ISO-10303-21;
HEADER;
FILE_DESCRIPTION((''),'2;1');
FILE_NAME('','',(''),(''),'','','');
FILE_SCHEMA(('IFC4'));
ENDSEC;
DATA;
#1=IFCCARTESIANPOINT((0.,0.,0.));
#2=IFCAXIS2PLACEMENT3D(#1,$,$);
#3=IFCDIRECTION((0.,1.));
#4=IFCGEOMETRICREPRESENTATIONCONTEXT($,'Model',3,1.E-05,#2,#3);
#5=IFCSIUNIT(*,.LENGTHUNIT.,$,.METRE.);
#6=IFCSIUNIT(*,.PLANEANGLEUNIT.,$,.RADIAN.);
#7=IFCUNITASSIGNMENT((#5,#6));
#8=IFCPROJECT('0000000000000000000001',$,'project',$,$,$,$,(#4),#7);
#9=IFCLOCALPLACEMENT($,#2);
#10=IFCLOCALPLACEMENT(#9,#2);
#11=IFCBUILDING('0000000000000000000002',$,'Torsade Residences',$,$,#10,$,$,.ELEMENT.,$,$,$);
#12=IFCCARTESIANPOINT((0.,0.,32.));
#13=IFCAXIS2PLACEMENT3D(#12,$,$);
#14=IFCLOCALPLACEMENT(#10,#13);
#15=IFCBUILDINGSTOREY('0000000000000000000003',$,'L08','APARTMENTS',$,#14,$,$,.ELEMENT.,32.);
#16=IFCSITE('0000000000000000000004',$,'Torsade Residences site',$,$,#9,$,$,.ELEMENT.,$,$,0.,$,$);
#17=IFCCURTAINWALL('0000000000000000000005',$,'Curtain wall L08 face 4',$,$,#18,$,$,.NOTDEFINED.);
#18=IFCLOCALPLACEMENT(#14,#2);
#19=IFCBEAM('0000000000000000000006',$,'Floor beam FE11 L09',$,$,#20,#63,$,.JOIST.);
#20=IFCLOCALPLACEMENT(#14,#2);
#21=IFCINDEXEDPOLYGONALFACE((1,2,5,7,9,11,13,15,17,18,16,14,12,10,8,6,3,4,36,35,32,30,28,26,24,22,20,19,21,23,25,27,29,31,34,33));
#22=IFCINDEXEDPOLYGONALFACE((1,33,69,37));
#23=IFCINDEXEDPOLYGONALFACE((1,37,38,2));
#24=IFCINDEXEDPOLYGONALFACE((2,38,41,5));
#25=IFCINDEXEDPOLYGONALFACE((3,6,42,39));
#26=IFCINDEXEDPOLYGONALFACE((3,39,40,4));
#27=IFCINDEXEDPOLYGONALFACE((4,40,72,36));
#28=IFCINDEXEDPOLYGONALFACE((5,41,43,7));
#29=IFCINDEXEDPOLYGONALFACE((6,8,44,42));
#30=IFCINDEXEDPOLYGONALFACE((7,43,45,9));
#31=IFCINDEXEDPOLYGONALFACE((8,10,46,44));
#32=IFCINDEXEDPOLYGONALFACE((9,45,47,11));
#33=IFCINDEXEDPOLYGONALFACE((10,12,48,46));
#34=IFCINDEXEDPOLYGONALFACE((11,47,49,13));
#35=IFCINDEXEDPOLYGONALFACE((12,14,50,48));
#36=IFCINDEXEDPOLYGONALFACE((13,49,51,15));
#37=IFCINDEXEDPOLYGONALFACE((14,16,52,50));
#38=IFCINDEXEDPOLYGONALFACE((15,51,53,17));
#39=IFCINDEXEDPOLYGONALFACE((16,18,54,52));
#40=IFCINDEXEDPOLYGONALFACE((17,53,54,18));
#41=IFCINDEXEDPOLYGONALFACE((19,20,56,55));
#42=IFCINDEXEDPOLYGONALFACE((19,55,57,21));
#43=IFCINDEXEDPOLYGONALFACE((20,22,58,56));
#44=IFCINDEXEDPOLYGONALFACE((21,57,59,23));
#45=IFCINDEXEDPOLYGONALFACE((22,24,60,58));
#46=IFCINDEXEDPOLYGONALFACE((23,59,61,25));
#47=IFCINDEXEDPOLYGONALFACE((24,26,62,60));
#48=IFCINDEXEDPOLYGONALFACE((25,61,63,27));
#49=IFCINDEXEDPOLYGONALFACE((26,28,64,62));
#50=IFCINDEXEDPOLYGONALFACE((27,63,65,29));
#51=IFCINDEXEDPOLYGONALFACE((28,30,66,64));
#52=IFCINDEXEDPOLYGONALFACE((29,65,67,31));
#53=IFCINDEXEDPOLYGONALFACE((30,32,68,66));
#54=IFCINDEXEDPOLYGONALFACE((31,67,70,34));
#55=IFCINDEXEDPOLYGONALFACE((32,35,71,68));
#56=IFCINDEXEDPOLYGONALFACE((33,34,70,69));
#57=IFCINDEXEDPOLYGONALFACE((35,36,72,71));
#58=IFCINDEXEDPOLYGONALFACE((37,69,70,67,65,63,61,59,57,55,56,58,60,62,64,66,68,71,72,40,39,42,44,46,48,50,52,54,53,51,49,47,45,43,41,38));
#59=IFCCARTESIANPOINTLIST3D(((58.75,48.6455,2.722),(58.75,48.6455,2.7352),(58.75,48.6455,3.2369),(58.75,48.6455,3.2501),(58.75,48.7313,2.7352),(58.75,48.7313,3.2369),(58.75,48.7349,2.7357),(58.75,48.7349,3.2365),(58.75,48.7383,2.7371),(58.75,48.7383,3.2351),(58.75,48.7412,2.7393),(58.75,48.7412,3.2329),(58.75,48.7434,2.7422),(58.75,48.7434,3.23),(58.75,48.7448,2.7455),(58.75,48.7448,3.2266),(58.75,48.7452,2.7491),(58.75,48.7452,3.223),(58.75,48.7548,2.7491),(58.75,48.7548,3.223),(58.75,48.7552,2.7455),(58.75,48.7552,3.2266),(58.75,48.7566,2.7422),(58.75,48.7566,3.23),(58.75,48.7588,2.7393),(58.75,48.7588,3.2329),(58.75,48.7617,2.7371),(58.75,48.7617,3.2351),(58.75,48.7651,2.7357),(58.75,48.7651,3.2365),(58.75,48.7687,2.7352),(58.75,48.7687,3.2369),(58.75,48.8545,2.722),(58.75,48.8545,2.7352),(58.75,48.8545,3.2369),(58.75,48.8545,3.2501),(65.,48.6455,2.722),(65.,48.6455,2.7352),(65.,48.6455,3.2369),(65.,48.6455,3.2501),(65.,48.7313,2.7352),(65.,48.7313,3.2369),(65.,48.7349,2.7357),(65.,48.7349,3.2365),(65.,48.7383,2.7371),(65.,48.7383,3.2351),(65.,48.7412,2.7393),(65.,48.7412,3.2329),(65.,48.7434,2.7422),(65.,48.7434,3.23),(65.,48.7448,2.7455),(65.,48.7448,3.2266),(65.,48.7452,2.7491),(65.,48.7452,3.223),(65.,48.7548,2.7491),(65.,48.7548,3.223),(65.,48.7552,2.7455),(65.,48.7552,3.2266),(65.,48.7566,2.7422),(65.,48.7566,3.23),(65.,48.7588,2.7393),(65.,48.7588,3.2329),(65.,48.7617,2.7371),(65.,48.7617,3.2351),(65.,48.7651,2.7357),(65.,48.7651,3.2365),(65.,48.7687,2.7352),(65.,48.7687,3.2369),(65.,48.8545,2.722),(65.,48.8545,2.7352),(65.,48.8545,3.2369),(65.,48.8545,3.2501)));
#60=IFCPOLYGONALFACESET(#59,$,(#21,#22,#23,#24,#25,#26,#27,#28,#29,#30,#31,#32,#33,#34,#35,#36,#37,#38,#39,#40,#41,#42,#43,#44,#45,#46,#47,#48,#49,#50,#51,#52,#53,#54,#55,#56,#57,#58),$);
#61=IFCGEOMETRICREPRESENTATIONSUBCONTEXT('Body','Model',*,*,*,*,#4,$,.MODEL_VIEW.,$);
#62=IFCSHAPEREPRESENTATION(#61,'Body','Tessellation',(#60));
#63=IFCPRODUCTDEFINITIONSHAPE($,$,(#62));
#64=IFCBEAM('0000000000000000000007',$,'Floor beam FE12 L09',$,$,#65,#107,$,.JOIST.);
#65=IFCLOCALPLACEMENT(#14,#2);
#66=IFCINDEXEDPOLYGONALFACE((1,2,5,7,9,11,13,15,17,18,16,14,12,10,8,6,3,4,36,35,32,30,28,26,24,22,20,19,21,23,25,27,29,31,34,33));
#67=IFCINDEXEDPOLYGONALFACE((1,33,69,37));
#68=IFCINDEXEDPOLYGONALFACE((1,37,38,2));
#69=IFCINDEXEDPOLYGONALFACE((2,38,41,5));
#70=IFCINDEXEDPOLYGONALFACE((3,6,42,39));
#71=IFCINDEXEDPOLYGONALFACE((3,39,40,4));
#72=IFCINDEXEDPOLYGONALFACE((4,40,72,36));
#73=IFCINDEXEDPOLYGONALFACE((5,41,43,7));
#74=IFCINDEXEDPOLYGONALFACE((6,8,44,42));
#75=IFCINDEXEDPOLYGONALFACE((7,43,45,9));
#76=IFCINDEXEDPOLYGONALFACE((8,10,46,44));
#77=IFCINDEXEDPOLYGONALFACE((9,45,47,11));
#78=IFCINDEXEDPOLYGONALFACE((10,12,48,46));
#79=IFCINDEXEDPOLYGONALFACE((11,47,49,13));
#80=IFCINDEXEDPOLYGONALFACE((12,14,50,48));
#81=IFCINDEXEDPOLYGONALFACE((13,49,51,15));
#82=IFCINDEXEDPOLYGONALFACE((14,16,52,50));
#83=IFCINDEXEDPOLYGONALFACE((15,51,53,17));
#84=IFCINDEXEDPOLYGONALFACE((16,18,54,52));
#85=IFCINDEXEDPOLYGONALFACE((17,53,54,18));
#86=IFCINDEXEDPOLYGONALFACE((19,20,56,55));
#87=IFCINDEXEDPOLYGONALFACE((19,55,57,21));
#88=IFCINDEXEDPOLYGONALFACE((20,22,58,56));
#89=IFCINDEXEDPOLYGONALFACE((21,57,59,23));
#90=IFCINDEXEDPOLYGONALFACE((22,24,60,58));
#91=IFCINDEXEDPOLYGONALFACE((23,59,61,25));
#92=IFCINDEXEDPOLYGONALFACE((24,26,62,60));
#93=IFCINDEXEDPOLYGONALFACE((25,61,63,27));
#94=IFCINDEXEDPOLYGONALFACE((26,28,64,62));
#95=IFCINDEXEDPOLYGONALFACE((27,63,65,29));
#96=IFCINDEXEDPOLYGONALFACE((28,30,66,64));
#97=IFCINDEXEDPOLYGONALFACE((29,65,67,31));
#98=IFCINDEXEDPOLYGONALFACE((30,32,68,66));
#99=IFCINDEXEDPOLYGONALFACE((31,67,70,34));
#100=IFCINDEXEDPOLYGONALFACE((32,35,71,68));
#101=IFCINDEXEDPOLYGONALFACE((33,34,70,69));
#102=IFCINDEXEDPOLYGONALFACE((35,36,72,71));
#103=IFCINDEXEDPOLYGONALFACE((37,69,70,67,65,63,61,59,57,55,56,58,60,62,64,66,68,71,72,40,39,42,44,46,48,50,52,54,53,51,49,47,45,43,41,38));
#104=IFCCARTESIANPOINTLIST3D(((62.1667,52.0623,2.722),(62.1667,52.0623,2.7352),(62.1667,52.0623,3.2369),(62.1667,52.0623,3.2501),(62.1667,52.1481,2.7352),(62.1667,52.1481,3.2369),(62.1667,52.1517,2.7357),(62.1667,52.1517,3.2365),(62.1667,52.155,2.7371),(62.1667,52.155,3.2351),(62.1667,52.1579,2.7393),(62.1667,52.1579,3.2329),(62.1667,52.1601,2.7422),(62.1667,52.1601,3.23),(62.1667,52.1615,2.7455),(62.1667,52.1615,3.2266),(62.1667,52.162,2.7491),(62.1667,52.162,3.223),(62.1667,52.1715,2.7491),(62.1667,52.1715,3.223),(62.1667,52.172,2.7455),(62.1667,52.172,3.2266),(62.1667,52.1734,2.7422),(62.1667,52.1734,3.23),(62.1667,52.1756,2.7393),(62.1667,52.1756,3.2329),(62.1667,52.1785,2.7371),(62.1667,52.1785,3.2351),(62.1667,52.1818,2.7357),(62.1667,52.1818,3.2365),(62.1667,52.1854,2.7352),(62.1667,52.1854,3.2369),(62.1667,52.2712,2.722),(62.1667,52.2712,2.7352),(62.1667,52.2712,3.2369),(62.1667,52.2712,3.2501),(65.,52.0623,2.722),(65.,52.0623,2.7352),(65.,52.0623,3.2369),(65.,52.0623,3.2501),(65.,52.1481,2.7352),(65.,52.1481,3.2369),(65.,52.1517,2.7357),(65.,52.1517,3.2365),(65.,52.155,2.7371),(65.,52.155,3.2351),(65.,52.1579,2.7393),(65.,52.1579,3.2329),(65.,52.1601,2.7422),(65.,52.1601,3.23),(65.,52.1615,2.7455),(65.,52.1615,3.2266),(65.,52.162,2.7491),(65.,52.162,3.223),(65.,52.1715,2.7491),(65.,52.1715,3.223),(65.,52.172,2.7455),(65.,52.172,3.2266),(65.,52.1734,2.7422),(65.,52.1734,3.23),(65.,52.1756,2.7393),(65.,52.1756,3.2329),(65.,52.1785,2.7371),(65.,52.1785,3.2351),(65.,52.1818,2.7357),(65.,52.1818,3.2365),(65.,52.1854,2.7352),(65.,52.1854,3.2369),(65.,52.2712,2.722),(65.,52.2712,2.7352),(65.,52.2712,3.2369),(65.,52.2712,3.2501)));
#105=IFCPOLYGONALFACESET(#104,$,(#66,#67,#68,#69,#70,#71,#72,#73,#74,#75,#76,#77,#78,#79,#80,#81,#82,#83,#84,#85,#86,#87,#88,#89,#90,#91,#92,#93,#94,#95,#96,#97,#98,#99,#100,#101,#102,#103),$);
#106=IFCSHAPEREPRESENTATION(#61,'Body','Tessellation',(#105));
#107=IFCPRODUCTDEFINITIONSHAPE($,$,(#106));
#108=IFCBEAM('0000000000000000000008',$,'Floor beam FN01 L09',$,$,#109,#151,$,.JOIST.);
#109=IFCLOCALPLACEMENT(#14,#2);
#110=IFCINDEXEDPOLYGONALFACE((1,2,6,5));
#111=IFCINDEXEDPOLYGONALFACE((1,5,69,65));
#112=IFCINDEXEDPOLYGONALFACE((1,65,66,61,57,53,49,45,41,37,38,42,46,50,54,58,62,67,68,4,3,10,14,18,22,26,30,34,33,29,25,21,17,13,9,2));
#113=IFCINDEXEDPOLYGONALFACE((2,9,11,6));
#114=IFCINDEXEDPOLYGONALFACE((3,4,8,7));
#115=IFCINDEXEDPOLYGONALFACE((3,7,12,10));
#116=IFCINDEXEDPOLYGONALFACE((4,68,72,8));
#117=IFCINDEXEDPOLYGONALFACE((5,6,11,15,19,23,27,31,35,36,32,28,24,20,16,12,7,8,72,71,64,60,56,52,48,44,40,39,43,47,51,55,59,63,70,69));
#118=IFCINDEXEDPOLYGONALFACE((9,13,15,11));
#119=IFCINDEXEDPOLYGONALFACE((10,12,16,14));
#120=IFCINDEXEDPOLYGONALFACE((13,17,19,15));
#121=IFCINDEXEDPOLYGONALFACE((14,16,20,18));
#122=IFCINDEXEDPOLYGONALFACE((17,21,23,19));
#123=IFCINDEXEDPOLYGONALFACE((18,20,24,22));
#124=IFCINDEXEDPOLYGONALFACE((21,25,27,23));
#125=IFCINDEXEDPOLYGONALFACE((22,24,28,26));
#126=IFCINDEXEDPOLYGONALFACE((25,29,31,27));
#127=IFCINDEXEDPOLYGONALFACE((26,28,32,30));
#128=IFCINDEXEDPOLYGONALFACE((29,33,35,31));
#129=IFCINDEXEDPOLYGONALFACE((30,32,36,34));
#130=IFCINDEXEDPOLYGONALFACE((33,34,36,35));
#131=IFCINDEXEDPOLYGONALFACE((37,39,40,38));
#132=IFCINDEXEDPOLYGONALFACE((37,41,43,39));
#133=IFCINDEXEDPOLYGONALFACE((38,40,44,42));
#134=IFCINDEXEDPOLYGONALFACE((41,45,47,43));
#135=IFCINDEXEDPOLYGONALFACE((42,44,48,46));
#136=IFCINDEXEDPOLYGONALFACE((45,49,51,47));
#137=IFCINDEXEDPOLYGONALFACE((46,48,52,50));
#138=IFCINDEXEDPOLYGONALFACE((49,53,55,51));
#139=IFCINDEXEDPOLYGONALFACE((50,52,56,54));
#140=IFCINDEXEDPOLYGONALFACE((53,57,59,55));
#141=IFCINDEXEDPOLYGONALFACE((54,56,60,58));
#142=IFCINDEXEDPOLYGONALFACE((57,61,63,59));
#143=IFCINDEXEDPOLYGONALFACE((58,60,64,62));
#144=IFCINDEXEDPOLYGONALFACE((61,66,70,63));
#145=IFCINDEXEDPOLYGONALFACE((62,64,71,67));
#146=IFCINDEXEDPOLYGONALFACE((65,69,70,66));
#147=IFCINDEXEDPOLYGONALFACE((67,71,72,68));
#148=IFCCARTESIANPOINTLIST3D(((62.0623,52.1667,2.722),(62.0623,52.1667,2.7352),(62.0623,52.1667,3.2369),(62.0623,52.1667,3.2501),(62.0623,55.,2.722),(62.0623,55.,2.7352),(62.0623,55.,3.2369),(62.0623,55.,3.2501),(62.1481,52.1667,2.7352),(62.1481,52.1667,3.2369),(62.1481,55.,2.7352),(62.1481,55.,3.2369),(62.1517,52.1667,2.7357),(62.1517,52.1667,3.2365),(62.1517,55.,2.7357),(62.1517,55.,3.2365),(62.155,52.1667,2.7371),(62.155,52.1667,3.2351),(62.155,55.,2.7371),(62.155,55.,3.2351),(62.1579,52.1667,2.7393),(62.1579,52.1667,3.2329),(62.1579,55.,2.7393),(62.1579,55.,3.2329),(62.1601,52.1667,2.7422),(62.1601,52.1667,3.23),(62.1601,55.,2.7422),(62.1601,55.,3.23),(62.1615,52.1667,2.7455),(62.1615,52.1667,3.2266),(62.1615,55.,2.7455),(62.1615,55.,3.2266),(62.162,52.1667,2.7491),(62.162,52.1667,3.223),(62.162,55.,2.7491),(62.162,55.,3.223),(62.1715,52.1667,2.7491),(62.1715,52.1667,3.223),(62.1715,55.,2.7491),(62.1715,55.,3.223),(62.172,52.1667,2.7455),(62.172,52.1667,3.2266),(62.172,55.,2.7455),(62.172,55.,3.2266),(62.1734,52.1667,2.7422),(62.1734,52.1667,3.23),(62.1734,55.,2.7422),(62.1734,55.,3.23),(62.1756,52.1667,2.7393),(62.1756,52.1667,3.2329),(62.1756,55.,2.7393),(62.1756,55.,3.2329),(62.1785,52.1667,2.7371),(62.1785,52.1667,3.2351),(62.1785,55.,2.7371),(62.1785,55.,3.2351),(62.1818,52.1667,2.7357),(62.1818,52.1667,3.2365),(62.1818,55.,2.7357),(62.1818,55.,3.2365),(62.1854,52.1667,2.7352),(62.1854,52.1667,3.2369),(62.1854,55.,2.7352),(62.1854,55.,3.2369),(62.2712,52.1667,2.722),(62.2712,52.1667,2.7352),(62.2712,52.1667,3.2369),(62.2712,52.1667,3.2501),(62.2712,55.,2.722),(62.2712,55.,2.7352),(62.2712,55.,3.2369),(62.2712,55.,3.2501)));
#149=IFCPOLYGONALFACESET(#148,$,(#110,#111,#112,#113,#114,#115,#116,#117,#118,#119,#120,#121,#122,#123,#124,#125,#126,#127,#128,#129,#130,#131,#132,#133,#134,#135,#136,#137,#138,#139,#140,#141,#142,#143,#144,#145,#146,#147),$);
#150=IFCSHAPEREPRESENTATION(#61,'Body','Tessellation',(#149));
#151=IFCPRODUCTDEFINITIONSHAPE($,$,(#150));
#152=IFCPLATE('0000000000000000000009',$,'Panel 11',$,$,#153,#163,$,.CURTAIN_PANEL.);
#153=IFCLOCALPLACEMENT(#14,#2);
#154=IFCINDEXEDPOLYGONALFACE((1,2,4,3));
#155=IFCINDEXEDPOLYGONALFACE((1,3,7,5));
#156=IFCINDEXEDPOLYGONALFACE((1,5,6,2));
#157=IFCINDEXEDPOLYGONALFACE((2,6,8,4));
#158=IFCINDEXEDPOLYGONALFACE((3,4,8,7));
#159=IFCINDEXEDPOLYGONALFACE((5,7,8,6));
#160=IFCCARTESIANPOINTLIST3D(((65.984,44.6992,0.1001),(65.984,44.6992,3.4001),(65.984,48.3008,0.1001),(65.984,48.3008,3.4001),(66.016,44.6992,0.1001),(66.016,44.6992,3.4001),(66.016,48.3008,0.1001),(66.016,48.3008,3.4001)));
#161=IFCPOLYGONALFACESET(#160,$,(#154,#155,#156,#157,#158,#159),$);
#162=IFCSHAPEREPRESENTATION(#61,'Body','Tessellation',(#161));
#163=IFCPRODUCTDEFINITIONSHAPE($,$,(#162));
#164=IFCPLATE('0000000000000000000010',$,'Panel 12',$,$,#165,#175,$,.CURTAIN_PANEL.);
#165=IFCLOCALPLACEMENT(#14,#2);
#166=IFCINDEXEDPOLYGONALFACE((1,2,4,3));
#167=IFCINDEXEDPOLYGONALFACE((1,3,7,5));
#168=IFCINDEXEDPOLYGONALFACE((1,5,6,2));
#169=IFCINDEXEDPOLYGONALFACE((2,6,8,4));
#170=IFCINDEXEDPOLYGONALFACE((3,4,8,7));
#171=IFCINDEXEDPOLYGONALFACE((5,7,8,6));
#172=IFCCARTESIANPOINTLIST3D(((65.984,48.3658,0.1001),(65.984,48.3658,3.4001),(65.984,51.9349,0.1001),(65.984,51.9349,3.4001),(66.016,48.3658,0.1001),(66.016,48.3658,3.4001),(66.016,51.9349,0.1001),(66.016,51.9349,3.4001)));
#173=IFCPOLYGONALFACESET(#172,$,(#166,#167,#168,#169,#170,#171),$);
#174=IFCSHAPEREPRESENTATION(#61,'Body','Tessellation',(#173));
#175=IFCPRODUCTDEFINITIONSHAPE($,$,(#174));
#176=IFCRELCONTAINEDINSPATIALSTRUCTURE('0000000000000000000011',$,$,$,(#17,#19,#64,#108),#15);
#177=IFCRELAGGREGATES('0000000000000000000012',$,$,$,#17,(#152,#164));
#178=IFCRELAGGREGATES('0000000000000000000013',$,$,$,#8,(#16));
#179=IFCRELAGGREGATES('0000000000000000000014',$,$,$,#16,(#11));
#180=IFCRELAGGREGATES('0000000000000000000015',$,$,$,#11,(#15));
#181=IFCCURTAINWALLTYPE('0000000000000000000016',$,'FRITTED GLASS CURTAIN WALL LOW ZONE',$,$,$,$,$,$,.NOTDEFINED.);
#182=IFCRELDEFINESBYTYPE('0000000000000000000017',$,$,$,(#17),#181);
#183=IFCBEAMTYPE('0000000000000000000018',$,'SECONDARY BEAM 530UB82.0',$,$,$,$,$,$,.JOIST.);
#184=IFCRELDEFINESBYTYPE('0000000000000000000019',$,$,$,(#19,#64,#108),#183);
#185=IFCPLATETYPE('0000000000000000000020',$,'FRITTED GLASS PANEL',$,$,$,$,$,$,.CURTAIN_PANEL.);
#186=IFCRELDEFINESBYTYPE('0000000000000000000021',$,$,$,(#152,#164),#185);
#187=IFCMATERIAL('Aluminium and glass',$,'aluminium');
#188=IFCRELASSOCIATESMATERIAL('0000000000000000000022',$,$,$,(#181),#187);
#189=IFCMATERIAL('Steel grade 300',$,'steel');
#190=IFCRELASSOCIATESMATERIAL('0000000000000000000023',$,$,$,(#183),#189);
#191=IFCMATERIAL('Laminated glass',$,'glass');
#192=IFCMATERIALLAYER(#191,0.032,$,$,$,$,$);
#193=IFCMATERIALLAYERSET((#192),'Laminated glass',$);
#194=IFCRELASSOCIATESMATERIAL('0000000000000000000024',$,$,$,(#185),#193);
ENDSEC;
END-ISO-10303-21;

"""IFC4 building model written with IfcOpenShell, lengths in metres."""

from ifc_helpers import new_model, si_unit, direction, frame, origin, origin_2d, place, context, subcontext, project, spatial, rectangle, i_section, extrude, material, layer, layer_set, material_profile, profile_set, type_object, element, aggregate, save


model = new_model("IFC4")

# Units and contexts
model_context = context("Model", 3, precision=1e-05, world=origin(), true_north=direction((0.0, 1.0)))
body_context = subcontext(model_context, "Body", "Model", "MODEL_VIEW")
ifc_project = project(units=[si_unit("LENGTHUNIT", "METRE"), si_unit("PLANEANGLEUNIT", "RADIAN")], contexts=[model_context])

# Site, building, storey
site_placement = place(None, origin())
site = spatial("IfcSite", under=ifc_project, at=site_placement, Name="Torsade Residences site", CompositionType="ELEMENT", RefElevation=0.0)
building_placement = place(site_placement, origin())
building = spatial("IfcBuilding", under=site, at=building_placement, Name="Torsade Residences", CompositionType="ELEMENT")
storey_placement = place(building_placement, frame((0.0, 0.0, 32.0)))
storey = spatial("IfcBuildingStorey", under=building, at=storey_placement, Name="L08", Description="APARTMENTS", CompositionType="ELEMENT", Elevation=32.0)

# Curtain wall
ifc_material_1 = material(Name="Aluminium and glass", Category="aluminium")
curtain_wall_type = type_object("IfcCurtainWallType", Name="FRITTED GLASS CURTAIN WALL LOW ZONE", PredefinedType="NOTDEFINED", material=ifc_material_1)
curtain_wall_placement = place(storey_placement, origin())
curtain_wall = element("IfcCurtainWall", 1, at=curtain_wall_placement, inside=storey, type_object=curtain_wall_type, Name="Curtain wall L08 face 4", PredefinedType="NOTDEFINED")

# Beams
ifc_material_2 = material(Name="Steel grade 300", Category="steel")
ifc_material_profile_1 = material_profile(ifc_material_2, i_section(OverallWidth=0.209, OverallDepth=0.5281, WebThickness=0.0095, FlangeThickness=0.0132, FilletRadius=0.0139, at=origin_2d()), Name="530UB82.0")
ifc_profile_set_1 = profile_set([ifc_material_profile_1], Name="Steel grade 300")
beam_type_1 = type_object("IfcBeamType", Name="SECONDARY BEAM 530UB82.0", PredefinedType="JOIST", material=ifc_profile_set_1)
beam_1_placement = place(storey_placement, frame((65.0, 48.75, 2.9861), z_axis=(-1.0, 0.0, 0.0), x_axis=(0.0, -1.0, 0.0)))
element("IfcBeam", 2, at=beam_1_placement, inside=storey, type_object=beam_type_1, Name="Floor beam FE11 L09", PredefinedType="JOIST", context=body_context, shape_type="SweptSolid", body=[
    extrude(i_section(OverallWidth=0.209, OverallDepth=0.5281, WebThickness=0.0095, FlangeThickness=0.0132, FilletRadius=0.0139, at=origin_2d()), origin(), (0.0, 0.0, 1.0), 6.25),
])
for number, where, z_axis, x_axis, name in (
    (3, (65.0, 52.1667, 2.9861), (-1.0, 0.0, 0.0), (0.0, -1.0, 0.0), "Floor beam FE12 L09"),
    (4, (62.1667, 55.0, 2.9861), (0.0, -1.0, 0.0), (1.0, 0.0, 0.0), "Floor beam FN01 L09"),
):
    element("IfcBeam", number, at=place(storey_placement, frame(where, z_axis=z_axis, x_axis=x_axis)), inside=storey, type_object=beam_type_1, Name=name, PredefinedType="JOIST", context=body_context, shape_type="SweptSolid", body=[
        extrude(i_section(OverallWidth=0.209, OverallDepth=0.5281, WebThickness=0.0095, FlangeThickness=0.0132, FilletRadius=0.0139, at=origin_2d()), origin(), (0.0, 0.0, 1.0), 2.8333),
    ])

# Plates
ifc_material_3 = material(Name="Laminated glass", Category="glass")
ifc_layer_1 = layer(ifc_material_3, 0.032)
ifc_layer_set_1 = layer_set([ifc_layer_1], Name="Laminated glass")
plate_type = type_object("IfcPlateType", Name="FRITTED GLASS PANEL", PredefinedType="CURTAIN_PANEL", material=ifc_layer_set_1)
plate_1_placement = place(storey_placement, frame((66.0, 46.5, 0.1001), z_axis=(0.0, 0.0, 1.0), x_axis=(0.0, 1.0, 0.0)))
plate_1 = element("IfcPlate", 5, at=plate_1_placement, type_object=plate_type, Name="Panel 11", PredefinedType="CURTAIN_PANEL", context=body_context, shape_type="SweptSolid", body=[
    extrude(rectangle(XDim=3.6016, YDim=0.032, at=origin_2d()), origin(), (0.0, 0.0, 1.0), 3.3),
])
plate_2_placement = place(storey_placement, frame((66.0, 50.1504, 0.1001), z_axis=(0.0, 0.0, 1.0), x_axis=(0.0, 1.0, 0.0)))
plate_2 = element("IfcPlate", 6, at=plate_2_placement, type_object=plate_type, Name="Panel 12", PredefinedType="CURTAIN_PANEL", context=body_context, shape_type="SweptSolid", body=[
    extrude(rectangle(XDim=3.5691, YDim=0.032, at=origin_2d()), origin(), (0.0, 0.0, 1.0), 3.3),
])
aggregate(curtain_wall, [plate_1, plate_2])

save(model, "model.ifc")
